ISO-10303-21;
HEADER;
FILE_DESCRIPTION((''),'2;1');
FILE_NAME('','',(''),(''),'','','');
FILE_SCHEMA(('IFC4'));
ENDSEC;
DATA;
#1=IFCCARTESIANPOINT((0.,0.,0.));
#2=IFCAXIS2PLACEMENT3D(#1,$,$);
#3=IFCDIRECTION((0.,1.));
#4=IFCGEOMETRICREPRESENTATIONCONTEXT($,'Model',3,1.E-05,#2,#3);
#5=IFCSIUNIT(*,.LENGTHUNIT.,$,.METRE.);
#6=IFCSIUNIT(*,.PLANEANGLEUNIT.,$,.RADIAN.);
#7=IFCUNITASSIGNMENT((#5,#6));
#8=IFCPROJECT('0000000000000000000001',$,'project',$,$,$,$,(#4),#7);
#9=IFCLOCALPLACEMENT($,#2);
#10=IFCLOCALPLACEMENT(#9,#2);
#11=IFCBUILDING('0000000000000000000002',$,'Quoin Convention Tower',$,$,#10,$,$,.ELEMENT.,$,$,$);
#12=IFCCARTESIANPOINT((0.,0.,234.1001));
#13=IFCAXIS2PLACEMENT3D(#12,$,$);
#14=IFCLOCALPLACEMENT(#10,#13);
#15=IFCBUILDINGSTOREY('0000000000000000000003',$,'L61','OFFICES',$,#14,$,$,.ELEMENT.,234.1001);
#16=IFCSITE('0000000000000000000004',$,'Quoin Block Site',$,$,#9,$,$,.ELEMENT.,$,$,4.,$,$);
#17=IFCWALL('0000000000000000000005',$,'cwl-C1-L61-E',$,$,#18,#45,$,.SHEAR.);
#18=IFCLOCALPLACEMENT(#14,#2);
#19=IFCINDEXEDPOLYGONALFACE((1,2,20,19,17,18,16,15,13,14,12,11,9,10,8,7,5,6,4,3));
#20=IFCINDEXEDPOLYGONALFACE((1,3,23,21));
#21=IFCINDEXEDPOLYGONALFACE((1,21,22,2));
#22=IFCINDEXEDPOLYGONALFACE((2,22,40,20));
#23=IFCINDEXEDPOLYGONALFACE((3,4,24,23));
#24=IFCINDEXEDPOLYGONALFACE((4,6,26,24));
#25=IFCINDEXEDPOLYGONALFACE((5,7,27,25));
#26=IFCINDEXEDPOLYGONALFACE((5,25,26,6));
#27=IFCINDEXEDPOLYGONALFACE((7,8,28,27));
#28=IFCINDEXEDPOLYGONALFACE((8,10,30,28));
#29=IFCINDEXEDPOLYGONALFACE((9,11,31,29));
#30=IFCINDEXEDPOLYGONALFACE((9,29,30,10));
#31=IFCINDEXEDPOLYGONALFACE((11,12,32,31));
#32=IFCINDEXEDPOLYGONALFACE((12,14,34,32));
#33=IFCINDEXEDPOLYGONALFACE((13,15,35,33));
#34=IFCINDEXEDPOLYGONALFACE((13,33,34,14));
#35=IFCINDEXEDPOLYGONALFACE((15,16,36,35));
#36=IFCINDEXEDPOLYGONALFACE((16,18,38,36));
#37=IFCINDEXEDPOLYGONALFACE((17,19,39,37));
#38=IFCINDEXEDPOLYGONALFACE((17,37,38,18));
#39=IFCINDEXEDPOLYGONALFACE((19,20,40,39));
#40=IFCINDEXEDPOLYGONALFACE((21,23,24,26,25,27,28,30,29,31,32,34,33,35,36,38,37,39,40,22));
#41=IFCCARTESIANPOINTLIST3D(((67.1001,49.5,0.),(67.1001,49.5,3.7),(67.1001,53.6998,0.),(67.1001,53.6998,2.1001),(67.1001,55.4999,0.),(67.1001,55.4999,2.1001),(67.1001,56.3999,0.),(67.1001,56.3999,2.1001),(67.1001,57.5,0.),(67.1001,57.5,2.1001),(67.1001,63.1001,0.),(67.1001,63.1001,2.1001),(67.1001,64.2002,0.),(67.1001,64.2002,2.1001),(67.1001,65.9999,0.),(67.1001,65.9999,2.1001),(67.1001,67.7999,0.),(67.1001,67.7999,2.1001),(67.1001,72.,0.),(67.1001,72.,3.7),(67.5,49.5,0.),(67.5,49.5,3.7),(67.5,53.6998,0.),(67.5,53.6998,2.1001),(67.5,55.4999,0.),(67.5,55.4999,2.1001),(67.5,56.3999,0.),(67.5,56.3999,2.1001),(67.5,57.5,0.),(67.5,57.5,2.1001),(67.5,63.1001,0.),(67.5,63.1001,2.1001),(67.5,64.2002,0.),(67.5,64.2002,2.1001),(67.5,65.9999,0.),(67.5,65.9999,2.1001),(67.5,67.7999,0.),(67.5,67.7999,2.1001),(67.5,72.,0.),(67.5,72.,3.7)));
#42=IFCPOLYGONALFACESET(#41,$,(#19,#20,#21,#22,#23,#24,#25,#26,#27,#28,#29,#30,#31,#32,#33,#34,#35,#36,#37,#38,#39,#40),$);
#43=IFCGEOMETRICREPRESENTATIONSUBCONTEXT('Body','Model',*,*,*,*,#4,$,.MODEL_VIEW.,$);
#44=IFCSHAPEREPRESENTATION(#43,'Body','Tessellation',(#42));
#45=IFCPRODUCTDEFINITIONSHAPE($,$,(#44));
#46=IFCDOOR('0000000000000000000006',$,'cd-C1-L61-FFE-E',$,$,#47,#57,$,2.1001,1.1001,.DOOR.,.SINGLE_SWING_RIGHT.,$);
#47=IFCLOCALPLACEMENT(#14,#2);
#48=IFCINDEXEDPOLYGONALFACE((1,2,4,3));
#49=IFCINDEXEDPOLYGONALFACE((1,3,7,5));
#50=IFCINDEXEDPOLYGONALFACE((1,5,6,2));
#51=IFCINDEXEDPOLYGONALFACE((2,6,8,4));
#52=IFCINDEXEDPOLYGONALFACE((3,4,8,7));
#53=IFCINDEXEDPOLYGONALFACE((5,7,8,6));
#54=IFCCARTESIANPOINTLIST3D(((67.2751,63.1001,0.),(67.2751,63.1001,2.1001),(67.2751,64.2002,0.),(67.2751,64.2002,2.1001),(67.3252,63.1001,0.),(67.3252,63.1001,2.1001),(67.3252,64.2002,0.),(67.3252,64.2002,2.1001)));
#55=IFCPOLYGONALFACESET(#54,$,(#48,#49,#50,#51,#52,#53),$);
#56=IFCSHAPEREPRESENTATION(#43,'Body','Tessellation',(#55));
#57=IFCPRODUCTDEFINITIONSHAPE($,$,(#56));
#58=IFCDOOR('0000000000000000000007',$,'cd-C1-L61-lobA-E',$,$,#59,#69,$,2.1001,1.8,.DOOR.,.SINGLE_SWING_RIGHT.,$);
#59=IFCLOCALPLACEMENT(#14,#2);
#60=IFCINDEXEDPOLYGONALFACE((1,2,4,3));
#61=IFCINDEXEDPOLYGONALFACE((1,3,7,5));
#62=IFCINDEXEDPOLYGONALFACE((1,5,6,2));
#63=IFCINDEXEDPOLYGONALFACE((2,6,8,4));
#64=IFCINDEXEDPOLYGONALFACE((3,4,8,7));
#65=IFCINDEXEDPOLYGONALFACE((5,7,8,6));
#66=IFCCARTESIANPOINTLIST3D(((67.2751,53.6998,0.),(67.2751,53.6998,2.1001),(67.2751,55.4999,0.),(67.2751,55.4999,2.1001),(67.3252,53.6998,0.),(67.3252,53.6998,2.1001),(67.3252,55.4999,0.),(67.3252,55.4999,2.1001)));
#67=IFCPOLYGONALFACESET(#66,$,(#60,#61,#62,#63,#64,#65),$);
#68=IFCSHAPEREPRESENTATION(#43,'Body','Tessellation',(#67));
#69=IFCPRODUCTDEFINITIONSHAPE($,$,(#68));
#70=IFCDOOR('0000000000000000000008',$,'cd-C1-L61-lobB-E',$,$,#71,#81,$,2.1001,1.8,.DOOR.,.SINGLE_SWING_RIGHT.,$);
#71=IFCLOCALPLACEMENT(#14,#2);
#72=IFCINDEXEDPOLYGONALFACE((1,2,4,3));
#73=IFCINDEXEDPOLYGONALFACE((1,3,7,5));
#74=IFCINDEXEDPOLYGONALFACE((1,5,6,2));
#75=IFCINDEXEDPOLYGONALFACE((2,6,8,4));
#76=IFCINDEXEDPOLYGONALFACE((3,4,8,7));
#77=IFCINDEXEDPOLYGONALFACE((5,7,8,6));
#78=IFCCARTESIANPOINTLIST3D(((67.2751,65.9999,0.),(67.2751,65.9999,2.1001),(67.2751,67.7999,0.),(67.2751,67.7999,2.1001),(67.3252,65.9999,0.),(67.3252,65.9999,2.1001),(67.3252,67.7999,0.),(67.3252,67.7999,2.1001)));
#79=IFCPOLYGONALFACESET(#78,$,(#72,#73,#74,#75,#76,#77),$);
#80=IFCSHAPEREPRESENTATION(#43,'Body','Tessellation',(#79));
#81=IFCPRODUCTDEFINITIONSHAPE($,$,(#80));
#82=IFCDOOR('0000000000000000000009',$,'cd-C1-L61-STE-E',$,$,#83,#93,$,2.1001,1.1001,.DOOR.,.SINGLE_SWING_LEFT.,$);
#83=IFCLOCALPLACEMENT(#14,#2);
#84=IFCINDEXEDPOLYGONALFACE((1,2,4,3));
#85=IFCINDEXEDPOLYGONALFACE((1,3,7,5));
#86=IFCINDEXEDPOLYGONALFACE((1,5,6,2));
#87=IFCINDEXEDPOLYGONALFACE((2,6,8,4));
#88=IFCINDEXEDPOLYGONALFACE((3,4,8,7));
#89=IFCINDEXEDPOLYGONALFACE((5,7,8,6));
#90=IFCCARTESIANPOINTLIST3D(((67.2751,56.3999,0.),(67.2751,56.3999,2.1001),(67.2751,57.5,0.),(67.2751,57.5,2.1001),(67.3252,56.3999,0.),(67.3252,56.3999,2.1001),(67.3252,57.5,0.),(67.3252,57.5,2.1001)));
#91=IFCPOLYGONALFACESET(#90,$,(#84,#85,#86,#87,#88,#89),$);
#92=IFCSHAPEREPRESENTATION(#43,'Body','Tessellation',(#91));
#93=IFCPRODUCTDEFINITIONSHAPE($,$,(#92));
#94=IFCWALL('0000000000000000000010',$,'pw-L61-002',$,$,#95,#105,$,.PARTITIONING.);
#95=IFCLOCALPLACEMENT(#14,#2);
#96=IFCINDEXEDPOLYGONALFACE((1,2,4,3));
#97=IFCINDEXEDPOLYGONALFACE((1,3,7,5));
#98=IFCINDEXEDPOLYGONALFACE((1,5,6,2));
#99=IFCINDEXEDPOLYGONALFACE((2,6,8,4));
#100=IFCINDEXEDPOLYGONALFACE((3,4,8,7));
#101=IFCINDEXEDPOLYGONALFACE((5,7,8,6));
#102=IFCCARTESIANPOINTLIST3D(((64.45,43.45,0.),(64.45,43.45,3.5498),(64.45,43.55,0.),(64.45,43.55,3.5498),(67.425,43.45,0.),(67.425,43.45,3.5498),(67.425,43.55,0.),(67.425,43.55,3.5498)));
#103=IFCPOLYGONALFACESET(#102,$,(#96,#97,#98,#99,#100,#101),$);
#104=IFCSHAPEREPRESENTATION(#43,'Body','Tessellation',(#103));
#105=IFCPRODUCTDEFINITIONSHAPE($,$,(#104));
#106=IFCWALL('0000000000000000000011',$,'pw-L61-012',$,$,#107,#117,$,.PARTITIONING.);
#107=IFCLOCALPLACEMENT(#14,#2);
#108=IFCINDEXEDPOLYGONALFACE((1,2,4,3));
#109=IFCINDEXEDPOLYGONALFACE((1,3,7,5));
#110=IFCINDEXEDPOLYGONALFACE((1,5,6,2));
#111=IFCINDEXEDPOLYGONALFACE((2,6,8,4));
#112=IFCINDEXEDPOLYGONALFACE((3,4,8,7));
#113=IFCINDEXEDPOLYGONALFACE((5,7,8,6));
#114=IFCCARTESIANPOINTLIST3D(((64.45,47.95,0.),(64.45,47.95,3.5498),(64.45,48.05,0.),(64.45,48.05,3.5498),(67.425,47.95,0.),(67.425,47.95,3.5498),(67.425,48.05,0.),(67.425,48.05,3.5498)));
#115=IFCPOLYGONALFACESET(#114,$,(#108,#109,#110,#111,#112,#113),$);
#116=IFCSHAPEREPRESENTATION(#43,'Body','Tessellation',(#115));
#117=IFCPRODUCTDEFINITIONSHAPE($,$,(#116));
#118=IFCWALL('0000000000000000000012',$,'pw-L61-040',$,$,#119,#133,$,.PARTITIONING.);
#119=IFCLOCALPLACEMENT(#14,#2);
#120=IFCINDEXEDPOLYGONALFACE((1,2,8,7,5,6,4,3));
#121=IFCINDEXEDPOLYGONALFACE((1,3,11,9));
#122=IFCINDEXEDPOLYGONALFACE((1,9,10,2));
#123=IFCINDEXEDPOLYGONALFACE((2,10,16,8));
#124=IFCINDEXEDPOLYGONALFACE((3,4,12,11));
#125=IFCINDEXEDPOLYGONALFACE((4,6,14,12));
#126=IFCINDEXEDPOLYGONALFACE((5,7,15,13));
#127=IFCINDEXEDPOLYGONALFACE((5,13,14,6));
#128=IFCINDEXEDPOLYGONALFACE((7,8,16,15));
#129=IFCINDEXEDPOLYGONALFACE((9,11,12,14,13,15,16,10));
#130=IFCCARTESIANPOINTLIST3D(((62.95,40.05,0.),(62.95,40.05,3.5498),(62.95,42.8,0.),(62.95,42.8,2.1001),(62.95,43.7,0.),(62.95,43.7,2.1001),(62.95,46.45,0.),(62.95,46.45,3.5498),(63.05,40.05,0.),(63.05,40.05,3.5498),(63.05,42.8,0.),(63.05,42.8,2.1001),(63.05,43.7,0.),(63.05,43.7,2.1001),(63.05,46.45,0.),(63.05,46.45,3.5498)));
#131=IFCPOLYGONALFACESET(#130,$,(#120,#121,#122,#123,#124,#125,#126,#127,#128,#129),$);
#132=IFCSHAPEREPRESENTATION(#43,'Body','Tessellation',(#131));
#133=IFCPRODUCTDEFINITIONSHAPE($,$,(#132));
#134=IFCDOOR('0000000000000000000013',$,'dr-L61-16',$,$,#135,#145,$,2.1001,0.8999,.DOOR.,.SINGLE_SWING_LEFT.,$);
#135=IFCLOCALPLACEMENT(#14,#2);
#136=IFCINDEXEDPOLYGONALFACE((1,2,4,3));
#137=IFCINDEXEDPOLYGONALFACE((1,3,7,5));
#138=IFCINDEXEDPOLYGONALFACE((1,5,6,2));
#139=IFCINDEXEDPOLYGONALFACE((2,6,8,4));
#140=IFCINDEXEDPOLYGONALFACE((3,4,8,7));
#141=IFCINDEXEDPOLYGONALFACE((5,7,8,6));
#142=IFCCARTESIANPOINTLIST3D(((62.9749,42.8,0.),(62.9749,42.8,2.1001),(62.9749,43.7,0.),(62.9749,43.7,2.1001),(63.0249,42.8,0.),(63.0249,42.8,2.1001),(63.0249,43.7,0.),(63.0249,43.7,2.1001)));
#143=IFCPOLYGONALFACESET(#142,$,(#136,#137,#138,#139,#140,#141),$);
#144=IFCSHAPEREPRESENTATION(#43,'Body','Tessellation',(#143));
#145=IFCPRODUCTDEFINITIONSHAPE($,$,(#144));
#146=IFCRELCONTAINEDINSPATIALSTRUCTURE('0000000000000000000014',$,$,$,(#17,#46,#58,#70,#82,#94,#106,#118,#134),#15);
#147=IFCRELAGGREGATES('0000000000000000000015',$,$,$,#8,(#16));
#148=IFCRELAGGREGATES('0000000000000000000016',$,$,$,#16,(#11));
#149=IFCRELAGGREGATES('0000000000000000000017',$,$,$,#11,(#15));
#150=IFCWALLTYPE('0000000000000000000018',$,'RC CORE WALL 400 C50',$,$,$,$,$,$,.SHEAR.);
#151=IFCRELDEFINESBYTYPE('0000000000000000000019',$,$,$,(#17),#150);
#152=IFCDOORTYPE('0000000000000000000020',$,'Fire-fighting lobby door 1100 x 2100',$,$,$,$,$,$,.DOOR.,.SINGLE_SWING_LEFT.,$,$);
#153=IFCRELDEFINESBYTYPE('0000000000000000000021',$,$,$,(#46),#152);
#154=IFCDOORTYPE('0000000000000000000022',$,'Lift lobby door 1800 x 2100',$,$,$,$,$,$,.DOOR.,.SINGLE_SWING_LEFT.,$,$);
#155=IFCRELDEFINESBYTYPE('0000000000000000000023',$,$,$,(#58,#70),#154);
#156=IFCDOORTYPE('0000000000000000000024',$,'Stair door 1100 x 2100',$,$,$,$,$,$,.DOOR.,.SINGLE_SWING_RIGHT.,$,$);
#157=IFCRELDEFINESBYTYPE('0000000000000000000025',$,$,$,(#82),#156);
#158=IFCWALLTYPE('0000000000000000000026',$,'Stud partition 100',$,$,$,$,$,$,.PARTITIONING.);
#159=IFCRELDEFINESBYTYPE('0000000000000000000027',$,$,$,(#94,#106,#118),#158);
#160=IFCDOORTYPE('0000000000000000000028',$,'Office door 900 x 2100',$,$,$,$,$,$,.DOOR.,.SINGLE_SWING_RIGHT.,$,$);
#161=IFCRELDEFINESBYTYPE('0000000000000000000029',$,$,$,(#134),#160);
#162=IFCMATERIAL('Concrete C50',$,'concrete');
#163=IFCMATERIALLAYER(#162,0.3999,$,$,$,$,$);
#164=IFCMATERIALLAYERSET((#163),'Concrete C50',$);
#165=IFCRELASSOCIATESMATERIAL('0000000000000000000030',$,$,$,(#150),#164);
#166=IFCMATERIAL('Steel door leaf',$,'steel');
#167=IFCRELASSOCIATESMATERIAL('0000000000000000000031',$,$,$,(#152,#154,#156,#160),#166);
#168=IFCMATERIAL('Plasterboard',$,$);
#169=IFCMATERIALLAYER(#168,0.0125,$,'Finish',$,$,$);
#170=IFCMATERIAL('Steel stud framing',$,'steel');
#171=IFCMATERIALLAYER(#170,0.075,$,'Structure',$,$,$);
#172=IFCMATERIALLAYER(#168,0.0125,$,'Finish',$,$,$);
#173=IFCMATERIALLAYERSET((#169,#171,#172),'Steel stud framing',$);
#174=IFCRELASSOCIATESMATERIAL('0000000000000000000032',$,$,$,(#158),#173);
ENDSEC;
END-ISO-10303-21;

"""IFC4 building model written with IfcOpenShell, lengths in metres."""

from ifc_helpers import new_model, si_unit, direction, frame, frame_2d, origin, place, context, subcontext, project, spatial, rectangle, extrude, material, layer, layer_set, type_object, element, fill, save


model = new_model("IFC4")

# Units and contexts
model_context = context("Model", 3, precision=1e-05, world=origin(), true_north=direction((0.0, 1.0)))
body_context = subcontext(model_context, "Body", "Model", "MODEL_VIEW")
ifc_project = project(units=[si_unit("LENGTHUNIT", "METRE"), si_unit("PLANEANGLEUNIT", "RADIAN")], contexts=[model_context])

# Site, building, storey
site_placement = place(None, origin())
site = spatial("IfcSite", under=ifc_project, at=site_placement, Name="Quoin Block Site", CompositionType="ELEMENT", RefElevation=4.0)
building_placement = place(site_placement, origin())
building = spatial("IfcBuilding", under=site, at=building_placement, Name="Quoin Convention Tower", CompositionType="ELEMENT")
storey_placement = place(building_placement, frame((0.0, 0.0, 234.1001)))
storey = spatial("IfcBuildingStorey", under=building, at=storey_placement, Name="L61", Description="OFFICES", CompositionType="ELEMENT", Elevation=234.1001)

# Shared definitions
ifc_material_1 = material(Name="Concrete C50", Category="concrete")

# Shared definitions
ifc_material_2 = material(Name="Plasterboard")
ifc_material_3 = material(Name="Steel stud framing", Category="steel")

# Shared definitions
ifc_material_4 = material(Name="Steel door leaf", Category="steel")

# Wall, openings, doors
ifc_layer_1 = layer(ifc_material_1, 0.3999)
ifc_layer_set_1 = layer_set([ifc_layer_1], Name="Concrete C50")
wall_type_1 = type_object("IfcWallType", Name="RC CORE WALL 400 C50", PredefinedType="SHEAR", material=ifc_layer_set_1)
wall_1_placement = place(storey_placement, frame((67.3, 49.5, 0.0), z_axis=(0.0, 0.0, 1.0), x_axis=(0.0, 1.0, 0.0)))
wall_1 = element("IfcWall", 1, at=wall_1_placement, inside=storey, type_object=wall_type_1, Name="cwl-C1-L61-E", PredefinedType="SHEAR", context=body_context, shape_type="SweptSolid", body=[
    extrude(rectangle(XDim=22.5, YDim=0.3999, at=frame_2d((11.25, 0.0))), origin(), (0.0, 0.0, 1.0), 3.7),
])
opening_1_placement = place(wall_1_placement, frame((4.2, 0.0, 0.0)))
opening_1 = element("IfcOpeningElement", 2, at=opening_1_placement, cuts=wall_1, PredefinedType="OPENING", context=body_context, shape_type="SweptSolid", body=[
    extrude(rectangle(XDim=1.8, YDim=2.1001, at=frame_2d((0.8999, 1.05))), frame((0.0, 0.21, 0.0), z_axis=(0.0, -1.0, 0.0), x_axis=(1.0, 0.0, 0.0)), (0.0, 0.0, 1.0), 0.4199),
])
opening_2_placement = place(wall_1_placement, frame((6.8999, 0.0, 0.0)))
opening_2 = element("IfcOpeningElement", 3, at=opening_2_placement, cuts=wall_1, PredefinedType="OPENING", context=body_context, shape_type="SweptSolid", body=[
    extrude(rectangle(XDim=1.1001, YDim=2.1001, at=frame_2d((0.55, 1.05))), frame((0.0, 0.21, 0.0), z_axis=(0.0, -1.0, 0.0), x_axis=(1.0, 0.0, 0.0)), (0.0, 0.0, 1.0), 0.4199),
])
opening_3_placement = place(wall_1_placement, frame((13.6001, 0.0, 0.0)))
opening_3 = element("IfcOpeningElement", 4, at=opening_3_placement, cuts=wall_1, PredefinedType="OPENING", context=body_context, shape_type="SweptSolid", body=[
    extrude(rectangle(XDim=1.1001, YDim=2.1001, at=frame_2d((0.55, 1.05))), frame((0.0, 0.21, 0.0), z_axis=(0.0, -1.0, 0.0), x_axis=(1.0, 0.0, 0.0)), (0.0, 0.0, 1.0), 0.4199),
])
opening_4_placement = place(wall_1_placement, frame((16.5, 0.0, 0.0)))
opening_4 = element("IfcOpeningElement", 5, at=opening_4_placement, cuts=wall_1, PredefinedType="OPENING", context=body_context, shape_type="SweptSolid", body=[
    extrude(rectangle(XDim=1.8, YDim=2.1001, at=frame_2d((0.8999, 1.05))), frame((0.0, 0.21, 0.0), z_axis=(0.0, -1.0, 0.0), x_axis=(1.0, 0.0, 0.0)), (0.0, 0.0, 1.0), 0.4199),
])
door_type_1 = type_object("IfcDoorType", Name="Fire-fighting lobby door 1100 x 2100", OperationType="SINGLE_SWING_LEFT", PredefinedType="DOOR", material=ifc_material_4)
door_1_placement = place(opening_3_placement, origin())
door_1 = element("IfcDoor", 6, at=door_1_placement, inside=storey, type_object=door_type_1, Name="cd-C1-L61-FFE-E", OperationType="SINGLE_SWING_RIGHT", OverallHeight=2.1001, OverallWidth=1.1001, PredefinedType="DOOR", context=body_context, shape_type="SweptSolid", body=[
    extrude(rectangle(XDim=1.1001, YDim=2.1001, at=frame_2d((0.55, 1.05))), frame((0.0, 0.0249, 0.0), z_axis=(0.0, -1.0, 0.0), x_axis=(1.0, 0.0, 0.0)), (0.0, 0.0, 1.0), 0.05),
])
fill(opening_3, door_1)
door_type_2 = type_object("IfcDoorType", Name="Lift lobby door 1800 x 2100", OperationType="SINGLE_SWING_LEFT", PredefinedType="DOOR", material=ifc_material_4)
door_2_placement = place(opening_1_placement, origin())
door_2 = element("IfcDoor", 7, at=door_2_placement, inside=storey, type_object=door_type_2, Name="cd-C1-L61-lobA-E", OperationType="SINGLE_SWING_RIGHT", OverallHeight=2.1001, OverallWidth=1.8, PredefinedType="DOOR", context=body_context, shape_type="SweptSolid", body=[
    extrude(rectangle(XDim=1.8, YDim=2.1001, at=frame_2d((0.8999, 1.05))), frame((0.0, 0.0249, 0.0), z_axis=(0.0, -1.0, 0.0), x_axis=(1.0, 0.0, 0.0)), (0.0, 0.0, 1.0), 0.05),
])
fill(opening_1, door_2)
door_3_placement = place(opening_4_placement, origin())
door_3 = element("IfcDoor", 8, at=door_3_placement, inside=storey, type_object=door_type_2, Name="cd-C1-L61-lobB-E", OperationType="SINGLE_SWING_RIGHT", OverallHeight=2.1001, OverallWidth=1.8, PredefinedType="DOOR", context=body_context, shape_type="SweptSolid", body=[
    extrude(rectangle(XDim=1.8, YDim=2.1001, at=frame_2d((0.8999, 1.05))), frame((0.0, 0.0249, 0.0), z_axis=(0.0, -1.0, 0.0), x_axis=(1.0, 0.0, 0.0)), (0.0, 0.0, 1.0), 0.05),
])
fill(opening_4, door_3)
door_type_3 = type_object("IfcDoorType", Name="Stair door 1100 x 2100", OperationType="SINGLE_SWING_RIGHT", PredefinedType="DOOR", material=ifc_material_4)
door_4_placement = place(opening_2_placement, origin())
door_4 = element("IfcDoor", 9, at=door_4_placement, inside=storey, type_object=door_type_3, Name="cd-C1-L61-STE-E", OperationType="SINGLE_SWING_LEFT", OverallHeight=2.1001, OverallWidth=1.1001, PredefinedType="DOOR", context=body_context, shape_type="SweptSolid", body=[
    extrude(rectangle(XDim=1.1001, YDim=2.1001, at=frame_2d((0.55, 1.05))), frame((0.0, 0.0249, 0.0), z_axis=(0.0, -1.0, 0.0), x_axis=(1.0, 0.0, 0.0)), (0.0, 0.0, 1.0), 0.05),
])
fill(opening_2, door_4)

# Walls
ifc_layer_2 = layer(ifc_material_2, 0.0125, Name="Finish")
ifc_layer_3 = layer(ifc_material_3, 0.075, Name="Structure")
ifc_layer_4 = layer(ifc_material_2, 0.0125, Name="Finish")
ifc_layer_set_2 = layer_set([ifc_layer_2, ifc_layer_3, ifc_layer_4], Name="Steel stud framing")
wall_type_2 = type_object("IfcWallType", Name="Stud partition 100", PredefinedType="PARTITIONING", material=ifc_layer_set_2)
for number, where, z_axis, x_axis, name in (
    (10, (64.45, 43.5, 0.0), (0.0, 0.0, 1.0), (1.0, 0.0, 0.0), "pw-L61-002"),
    (11, (64.45, 48.0, 0.0), (0.0, 0.0, 1.0), (1.0, 0.0, 0.0), "pw-L61-012"),
):
    element("IfcWall", number, at=place(storey_placement, frame(where, z_axis=z_axis, x_axis=x_axis)), inside=storey, type_object=wall_type_2, Name=name, PredefinedType="PARTITIONING", context=body_context, shape_type="SweptSolid", body=[
        extrude(rectangle(XDim=2.9751, YDim=0.1001, at=frame_2d((1.4875, 0.0))), origin(), (0.0, 0.0, 1.0), 3.5498),
    ])

# Wall, opening, door
wall_2_placement = place(storey_placement, frame((63.0, 40.05, 0.0), z_axis=(0.0, 0.0, 1.0), x_axis=(0.0, 1.0, 0.0)))
wall_2 = element("IfcWall", 12, at=wall_2_placement, inside=storey, type_object=wall_type_2, Name="pw-L61-040", PredefinedType="PARTITIONING", context=body_context, shape_type="SweptSolid", body=[
    extrude(rectangle(XDim=6.3999, YDim=0.1001, at=frame_2d((3.2, 0.0))), origin(), (0.0, 0.0, 1.0), 3.5498),
])
opening_5_placement = place(wall_2_placement, frame((2.75, 0.0, 0.0)))
opening_5 = element("IfcOpeningElement", 13, at=opening_5_placement, cuts=wall_2, PredefinedType="OPENING", context=body_context, shape_type="SweptSolid", body=[
    extrude(rectangle(XDim=0.8999, YDim=2.1001, at=frame_2d((0.45, 1.05))), frame((0.0, 0.0601, 0.0), z_axis=(0.0, -1.0, 0.0), x_axis=(1.0, 0.0, 0.0)), (0.0, 0.0, 1.0), 0.1201),
])
door_type_4 = type_object("IfcDoorType", Name="Office door 900 x 2100", OperationType="SINGLE_SWING_RIGHT", PredefinedType="DOOR", material=ifc_material_4)
door_5_placement = place(opening_5_placement, frame((0.8999, 0.0, 0.0), z_axis=(0.0, 0.0, 1.0), x_axis=(-1.0, 0.0, 0.0)))
door_5 = element("IfcDoor", 14, at=door_5_placement, inside=storey, type_object=door_type_4, Name="dr-L61-16", OperationType="SINGLE_SWING_LEFT", OverallHeight=2.1001, OverallWidth=0.8999, PredefinedType="DOOR", context=body_context, shape_type="SweptSolid", body=[
    extrude(rectangle(XDim=0.8999, YDim=2.1001, at=frame_2d((0.45, 1.05))), frame((0.0, 0.0249, 0.0), z_axis=(0.0, -1.0, 0.0), x_axis=(1.0, 0.0, 0.0)), (0.0, 0.0, 1.0), 0.05),
])
fill(opening_5, door_5)

save(model, "model.ifc")
